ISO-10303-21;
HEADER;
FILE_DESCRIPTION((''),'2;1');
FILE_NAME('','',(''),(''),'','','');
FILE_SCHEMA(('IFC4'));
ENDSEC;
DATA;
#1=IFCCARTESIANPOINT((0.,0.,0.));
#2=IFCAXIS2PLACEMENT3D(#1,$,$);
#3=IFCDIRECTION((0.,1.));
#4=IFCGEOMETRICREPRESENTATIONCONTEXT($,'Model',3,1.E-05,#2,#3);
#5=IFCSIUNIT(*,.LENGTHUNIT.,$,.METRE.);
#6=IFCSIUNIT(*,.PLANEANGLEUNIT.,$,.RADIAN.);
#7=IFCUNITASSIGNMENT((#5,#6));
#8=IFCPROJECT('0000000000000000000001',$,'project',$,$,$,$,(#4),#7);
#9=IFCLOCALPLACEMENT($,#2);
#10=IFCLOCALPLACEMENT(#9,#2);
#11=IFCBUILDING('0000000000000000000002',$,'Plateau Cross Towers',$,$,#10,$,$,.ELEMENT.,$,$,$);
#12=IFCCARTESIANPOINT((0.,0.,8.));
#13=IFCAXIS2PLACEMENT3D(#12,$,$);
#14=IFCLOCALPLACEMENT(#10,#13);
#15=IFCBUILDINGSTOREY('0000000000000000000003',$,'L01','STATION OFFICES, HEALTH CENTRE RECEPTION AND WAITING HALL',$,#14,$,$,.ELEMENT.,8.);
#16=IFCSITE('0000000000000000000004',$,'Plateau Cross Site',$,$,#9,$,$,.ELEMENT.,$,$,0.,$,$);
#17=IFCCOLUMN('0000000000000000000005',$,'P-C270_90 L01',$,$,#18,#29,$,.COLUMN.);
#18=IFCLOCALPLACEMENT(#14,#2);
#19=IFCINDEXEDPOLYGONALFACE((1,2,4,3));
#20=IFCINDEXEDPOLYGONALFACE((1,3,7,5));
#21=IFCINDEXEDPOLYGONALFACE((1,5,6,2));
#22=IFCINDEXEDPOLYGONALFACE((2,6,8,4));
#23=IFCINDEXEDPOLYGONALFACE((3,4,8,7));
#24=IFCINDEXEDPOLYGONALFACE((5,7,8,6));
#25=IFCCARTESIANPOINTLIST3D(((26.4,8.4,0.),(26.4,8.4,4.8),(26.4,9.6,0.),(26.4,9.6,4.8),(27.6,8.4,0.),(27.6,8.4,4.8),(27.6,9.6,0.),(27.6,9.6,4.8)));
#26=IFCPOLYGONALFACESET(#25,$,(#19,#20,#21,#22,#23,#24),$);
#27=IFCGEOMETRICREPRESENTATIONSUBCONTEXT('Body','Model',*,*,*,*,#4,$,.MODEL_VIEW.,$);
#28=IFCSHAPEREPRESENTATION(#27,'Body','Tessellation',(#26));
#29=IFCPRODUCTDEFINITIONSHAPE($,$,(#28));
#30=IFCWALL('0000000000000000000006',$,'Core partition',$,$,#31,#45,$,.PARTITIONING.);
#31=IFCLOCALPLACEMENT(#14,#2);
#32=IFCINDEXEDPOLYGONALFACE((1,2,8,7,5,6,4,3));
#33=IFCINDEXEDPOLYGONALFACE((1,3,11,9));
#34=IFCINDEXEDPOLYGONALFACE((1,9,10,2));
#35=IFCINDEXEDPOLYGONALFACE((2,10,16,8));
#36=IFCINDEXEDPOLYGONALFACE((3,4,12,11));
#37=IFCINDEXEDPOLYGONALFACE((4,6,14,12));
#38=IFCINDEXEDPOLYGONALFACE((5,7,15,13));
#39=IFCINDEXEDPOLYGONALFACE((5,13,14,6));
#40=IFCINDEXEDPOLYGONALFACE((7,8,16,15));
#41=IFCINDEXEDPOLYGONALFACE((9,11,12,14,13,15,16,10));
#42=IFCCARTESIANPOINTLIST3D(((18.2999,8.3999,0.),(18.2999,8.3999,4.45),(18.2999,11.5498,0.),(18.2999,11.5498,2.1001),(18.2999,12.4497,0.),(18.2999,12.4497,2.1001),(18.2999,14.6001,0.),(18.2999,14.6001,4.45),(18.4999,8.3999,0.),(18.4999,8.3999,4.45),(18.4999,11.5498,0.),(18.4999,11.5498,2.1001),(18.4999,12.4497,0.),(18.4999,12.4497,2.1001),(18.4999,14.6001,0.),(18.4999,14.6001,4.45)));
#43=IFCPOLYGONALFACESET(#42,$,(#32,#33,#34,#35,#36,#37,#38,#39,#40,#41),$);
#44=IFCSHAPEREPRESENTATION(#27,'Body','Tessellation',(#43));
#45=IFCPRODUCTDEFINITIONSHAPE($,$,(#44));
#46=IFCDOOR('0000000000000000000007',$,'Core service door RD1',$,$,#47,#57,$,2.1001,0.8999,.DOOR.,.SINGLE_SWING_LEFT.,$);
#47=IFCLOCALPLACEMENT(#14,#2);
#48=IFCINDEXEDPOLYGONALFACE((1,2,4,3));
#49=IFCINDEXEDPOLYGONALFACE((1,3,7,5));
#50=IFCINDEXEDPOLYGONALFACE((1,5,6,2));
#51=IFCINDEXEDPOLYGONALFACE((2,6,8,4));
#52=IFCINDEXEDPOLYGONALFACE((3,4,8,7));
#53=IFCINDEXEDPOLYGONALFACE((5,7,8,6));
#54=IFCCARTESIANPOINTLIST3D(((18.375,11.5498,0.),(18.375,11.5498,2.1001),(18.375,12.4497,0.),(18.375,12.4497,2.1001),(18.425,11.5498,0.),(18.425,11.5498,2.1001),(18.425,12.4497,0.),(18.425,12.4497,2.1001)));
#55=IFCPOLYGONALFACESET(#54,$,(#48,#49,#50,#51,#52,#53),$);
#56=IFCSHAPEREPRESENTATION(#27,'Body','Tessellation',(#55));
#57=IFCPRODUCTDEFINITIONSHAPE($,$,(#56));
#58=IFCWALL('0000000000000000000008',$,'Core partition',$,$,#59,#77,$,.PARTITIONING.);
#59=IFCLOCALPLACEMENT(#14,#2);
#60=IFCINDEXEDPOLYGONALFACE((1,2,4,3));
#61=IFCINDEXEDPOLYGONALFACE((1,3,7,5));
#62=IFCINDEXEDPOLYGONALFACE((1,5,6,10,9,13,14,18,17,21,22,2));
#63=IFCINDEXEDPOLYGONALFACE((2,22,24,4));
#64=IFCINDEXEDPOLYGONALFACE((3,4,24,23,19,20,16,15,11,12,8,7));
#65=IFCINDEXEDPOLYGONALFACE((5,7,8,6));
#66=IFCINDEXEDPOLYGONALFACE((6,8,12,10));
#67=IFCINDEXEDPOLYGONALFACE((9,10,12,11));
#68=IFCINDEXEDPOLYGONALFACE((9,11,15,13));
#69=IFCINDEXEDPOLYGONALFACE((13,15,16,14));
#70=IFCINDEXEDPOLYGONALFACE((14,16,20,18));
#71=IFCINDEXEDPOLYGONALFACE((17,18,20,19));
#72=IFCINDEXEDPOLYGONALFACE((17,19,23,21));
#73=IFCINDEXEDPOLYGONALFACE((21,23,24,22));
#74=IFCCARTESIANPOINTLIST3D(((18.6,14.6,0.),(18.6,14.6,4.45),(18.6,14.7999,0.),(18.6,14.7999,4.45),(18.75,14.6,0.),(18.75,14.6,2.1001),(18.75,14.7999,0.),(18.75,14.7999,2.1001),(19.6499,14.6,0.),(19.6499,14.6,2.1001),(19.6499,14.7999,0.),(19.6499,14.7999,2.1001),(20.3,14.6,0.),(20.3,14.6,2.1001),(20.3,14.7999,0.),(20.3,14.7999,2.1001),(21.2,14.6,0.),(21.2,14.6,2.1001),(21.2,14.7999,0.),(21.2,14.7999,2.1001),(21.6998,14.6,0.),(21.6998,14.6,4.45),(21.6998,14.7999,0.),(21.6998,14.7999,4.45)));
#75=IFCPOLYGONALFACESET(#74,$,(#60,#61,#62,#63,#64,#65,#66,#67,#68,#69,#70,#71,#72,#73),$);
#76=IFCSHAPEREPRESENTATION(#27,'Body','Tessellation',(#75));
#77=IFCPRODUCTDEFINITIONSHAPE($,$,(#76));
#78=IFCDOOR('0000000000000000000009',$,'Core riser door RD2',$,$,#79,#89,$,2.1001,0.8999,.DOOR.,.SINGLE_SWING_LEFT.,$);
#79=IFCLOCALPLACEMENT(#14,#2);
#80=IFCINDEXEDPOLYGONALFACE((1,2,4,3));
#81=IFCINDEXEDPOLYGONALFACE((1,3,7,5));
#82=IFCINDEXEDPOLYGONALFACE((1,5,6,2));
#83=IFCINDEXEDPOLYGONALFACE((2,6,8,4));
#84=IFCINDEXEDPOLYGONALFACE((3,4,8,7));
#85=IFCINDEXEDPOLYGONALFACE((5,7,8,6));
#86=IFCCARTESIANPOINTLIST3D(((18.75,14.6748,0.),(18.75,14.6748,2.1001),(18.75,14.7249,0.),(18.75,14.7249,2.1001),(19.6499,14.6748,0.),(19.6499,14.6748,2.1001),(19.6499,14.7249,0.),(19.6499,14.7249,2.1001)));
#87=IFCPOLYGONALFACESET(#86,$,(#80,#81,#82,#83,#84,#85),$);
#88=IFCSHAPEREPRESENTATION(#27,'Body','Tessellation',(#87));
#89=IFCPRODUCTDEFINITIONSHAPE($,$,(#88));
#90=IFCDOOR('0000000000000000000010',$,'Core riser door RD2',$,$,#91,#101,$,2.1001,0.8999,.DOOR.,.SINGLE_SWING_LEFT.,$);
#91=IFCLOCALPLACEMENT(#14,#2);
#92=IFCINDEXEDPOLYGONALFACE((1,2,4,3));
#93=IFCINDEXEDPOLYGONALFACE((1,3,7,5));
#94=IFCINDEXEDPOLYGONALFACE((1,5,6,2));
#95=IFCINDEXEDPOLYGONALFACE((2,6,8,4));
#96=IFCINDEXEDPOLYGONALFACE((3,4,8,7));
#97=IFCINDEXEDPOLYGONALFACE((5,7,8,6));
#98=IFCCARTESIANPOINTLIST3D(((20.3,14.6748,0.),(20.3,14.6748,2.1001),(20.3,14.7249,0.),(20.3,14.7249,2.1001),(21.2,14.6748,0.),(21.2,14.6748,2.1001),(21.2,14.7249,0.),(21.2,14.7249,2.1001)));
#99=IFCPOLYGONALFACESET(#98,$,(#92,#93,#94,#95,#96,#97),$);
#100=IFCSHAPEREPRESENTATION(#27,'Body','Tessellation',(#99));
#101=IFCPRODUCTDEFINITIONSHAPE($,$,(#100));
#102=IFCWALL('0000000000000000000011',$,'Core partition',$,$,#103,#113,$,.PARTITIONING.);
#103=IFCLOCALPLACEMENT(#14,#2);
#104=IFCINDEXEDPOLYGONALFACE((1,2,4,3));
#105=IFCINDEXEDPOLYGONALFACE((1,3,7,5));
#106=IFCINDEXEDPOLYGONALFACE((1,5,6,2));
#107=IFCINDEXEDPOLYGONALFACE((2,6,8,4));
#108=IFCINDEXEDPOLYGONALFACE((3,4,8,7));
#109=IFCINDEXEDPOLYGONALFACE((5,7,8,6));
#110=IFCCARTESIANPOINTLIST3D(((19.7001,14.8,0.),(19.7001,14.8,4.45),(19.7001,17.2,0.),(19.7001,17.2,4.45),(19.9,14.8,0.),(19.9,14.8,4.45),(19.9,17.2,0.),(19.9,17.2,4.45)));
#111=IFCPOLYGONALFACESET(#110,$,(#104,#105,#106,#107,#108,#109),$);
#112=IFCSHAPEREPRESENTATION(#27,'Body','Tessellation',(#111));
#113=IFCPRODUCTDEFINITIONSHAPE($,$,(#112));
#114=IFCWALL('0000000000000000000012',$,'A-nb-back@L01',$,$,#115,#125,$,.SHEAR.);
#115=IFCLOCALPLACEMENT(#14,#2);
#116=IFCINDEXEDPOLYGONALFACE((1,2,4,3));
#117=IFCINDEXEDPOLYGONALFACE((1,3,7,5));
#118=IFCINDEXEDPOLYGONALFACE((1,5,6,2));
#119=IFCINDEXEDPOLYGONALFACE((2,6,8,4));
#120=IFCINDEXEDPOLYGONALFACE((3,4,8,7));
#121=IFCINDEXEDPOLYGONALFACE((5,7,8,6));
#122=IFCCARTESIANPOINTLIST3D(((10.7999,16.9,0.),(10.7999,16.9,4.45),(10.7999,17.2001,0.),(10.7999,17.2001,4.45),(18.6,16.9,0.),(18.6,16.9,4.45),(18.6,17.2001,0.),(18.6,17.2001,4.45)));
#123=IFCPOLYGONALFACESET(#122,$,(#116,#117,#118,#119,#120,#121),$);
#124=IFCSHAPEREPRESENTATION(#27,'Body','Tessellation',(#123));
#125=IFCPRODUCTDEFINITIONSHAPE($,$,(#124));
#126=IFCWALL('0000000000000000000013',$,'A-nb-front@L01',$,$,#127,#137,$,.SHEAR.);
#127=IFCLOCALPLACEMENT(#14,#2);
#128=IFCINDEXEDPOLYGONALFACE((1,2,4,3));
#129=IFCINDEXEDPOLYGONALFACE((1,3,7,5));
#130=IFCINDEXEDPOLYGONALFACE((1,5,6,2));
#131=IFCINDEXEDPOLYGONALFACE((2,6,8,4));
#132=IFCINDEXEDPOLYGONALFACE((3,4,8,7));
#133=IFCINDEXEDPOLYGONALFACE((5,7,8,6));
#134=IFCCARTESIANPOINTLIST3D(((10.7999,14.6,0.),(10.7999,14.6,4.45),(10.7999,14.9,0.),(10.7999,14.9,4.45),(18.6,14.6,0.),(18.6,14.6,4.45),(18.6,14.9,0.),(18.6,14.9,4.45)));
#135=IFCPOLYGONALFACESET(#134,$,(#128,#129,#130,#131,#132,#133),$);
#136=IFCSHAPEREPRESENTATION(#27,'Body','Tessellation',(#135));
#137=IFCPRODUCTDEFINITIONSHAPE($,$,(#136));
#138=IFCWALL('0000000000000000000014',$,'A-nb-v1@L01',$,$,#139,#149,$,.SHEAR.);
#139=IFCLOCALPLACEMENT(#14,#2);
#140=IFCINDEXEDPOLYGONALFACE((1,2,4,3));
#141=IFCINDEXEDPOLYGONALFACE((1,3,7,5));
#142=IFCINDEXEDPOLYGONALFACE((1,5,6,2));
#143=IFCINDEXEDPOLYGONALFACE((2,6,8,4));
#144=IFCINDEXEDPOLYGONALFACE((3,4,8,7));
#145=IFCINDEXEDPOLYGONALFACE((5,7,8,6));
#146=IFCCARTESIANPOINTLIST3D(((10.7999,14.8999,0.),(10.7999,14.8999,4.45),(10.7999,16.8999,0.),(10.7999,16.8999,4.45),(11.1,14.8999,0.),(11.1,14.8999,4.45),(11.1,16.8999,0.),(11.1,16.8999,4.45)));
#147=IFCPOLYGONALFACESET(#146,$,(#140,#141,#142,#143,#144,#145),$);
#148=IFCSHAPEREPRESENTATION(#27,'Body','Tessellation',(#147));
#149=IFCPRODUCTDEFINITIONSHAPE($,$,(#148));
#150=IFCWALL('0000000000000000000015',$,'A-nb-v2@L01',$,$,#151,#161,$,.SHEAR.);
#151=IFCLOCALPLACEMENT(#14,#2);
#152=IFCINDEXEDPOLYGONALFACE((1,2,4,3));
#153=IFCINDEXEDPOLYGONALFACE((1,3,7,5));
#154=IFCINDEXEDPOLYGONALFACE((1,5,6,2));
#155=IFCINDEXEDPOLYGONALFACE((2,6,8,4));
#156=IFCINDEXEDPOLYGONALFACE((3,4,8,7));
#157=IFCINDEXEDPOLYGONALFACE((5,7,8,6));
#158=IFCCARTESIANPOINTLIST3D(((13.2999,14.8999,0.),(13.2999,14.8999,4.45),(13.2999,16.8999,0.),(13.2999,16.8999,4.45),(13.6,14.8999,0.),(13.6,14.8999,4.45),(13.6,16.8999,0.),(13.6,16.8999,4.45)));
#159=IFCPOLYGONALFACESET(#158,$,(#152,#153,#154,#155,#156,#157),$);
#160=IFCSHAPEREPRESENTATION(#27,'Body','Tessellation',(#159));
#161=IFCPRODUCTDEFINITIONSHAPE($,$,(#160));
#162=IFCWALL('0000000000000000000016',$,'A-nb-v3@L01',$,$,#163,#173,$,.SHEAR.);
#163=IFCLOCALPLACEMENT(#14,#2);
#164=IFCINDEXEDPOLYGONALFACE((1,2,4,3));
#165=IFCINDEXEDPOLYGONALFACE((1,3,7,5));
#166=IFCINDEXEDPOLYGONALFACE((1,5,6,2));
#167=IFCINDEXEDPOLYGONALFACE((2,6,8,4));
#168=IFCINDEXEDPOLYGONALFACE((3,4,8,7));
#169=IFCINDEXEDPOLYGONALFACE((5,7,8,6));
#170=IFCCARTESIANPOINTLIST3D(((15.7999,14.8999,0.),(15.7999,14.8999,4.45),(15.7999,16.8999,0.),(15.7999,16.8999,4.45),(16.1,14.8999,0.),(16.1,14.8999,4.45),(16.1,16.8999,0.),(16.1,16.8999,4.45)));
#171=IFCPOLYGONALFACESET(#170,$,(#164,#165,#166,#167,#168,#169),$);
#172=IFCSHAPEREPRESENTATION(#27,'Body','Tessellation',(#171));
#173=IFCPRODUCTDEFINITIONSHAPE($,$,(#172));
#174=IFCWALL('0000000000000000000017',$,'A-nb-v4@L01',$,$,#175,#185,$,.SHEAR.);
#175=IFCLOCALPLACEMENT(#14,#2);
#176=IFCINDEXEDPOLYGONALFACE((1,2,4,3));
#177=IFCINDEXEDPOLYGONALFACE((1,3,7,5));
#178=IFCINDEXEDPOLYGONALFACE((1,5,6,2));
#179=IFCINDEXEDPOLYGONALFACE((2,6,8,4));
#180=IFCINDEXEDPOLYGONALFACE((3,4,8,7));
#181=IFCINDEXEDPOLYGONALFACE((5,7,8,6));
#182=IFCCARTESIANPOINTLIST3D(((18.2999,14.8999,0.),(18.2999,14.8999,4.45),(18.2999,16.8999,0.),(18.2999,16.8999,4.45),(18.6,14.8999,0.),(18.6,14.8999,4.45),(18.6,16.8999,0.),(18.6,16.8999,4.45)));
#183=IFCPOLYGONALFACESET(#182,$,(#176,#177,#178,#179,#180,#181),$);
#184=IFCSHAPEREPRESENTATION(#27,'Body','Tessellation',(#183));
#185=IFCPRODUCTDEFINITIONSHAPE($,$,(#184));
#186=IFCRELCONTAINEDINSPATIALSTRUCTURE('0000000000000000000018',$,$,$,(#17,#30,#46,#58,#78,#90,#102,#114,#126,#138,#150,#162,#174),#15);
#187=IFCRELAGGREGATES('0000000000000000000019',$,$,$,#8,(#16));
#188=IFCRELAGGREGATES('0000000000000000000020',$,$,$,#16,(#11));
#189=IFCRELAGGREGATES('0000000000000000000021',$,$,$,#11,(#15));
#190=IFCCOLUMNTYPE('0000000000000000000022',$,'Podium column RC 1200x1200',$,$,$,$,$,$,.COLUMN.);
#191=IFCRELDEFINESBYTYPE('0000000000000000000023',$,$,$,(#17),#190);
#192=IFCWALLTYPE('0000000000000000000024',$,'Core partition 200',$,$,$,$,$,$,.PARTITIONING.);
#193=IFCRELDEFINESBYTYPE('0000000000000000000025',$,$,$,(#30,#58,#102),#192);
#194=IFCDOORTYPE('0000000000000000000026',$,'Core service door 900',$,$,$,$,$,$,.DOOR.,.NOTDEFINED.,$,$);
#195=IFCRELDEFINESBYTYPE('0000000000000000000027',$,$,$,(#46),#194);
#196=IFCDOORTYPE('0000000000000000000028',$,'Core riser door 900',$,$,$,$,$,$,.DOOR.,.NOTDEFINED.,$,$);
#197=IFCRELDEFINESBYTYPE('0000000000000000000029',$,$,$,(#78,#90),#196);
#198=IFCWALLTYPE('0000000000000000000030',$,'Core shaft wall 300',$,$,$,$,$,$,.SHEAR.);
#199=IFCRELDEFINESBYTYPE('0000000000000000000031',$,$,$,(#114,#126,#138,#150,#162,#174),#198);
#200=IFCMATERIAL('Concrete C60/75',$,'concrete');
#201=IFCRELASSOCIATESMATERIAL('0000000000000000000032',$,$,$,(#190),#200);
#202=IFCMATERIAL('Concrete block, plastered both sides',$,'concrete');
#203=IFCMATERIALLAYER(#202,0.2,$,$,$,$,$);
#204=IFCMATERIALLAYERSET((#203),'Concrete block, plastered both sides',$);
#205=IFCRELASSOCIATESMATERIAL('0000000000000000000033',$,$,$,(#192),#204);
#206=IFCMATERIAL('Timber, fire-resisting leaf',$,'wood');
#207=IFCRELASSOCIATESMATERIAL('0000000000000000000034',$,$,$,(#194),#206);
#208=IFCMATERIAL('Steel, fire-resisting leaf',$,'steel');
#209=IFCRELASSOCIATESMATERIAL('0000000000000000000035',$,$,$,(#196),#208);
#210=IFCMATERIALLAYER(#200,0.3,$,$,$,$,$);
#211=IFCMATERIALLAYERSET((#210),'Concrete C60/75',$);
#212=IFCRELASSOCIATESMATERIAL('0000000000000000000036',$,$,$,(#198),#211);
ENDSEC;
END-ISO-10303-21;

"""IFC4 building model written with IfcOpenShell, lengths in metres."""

from ifc_helpers import new_model, si_unit, direction, frame, frame_2d, origin, origin_2d, place, context, subcontext, project, spatial, rectangle, extrude, material, layer, layer_set, material_profile, profile_set, type_object, element, fill, save


model = new_model("IFC4")

# Units and contexts
model_context = context("Model", 3, precision=1e-05, world=origin(), true_north=direction((0.0, 1.0)))
body_context = subcontext(model_context, "Body", "Model", "MODEL_VIEW")
ifc_project = project(units=[si_unit("LENGTHUNIT", "METRE"), si_unit("PLANEANGLEUNIT", "RADIAN")], contexts=[model_context])

# Site, building, storey
site_placement = place(None, origin())
site = spatial("IfcSite", under=ifc_project, at=site_placement, Name="Plateau Cross Site", CompositionType="ELEMENT", RefElevation=0.0)
building_placement = place(site_placement, origin())
building = spatial("IfcBuilding", under=site, at=building_placement, Name="Plateau Cross Towers", CompositionType="ELEMENT")
storey_placement = place(building_placement, frame((0.0, 0.0, 8.0)))
storey = spatial("IfcBuildingStorey", under=building, at=storey_placement, Name="L01", Description="STATION OFFICES, HEALTH CENTRE RECEPTION AND WAITING HALL", CompositionType="ELEMENT", Elevation=8.0)

# Column
ifc_material_1 = material(Name="Concrete C60/75", Category="concrete")
ifc_material_profile = material_profile(ifc_material_1, rectangle(XDim=1.2, YDim=1.2, at=origin_2d()), Name="RC 1200x1200")
ifc_profile_set = profile_set([ifc_material_profile], Name="Concrete C60/75")
column_type = type_object("IfcColumnType", Name="Podium column RC 1200x1200", PredefinedType="COLUMN", material=ifc_profile_set)
column_placement = place(storey_placement, frame((27.0, 9.0, 0.0), z_axis=(0.0, 0.0, 1.0), x_axis=(1.0, 0.0, 0.0)))
element("IfcColumn", 1, at=column_placement, inside=storey, type_object=column_type, Name="P-C270_90 L01", PredefinedType="COLUMN", context=body_context, shape_type="SweptSolid", body=[
    extrude(rectangle(XDim=1.2, YDim=1.2, at=origin_2d()), origin(), (0.0, 0.0, 1.0), 4.8),
])

# Wall, opening, door
ifc_material_2 = material(Name="Concrete block, plastered both sides", Category="concrete")
ifc_layer_1 = layer(ifc_material_2, 0.2)
ifc_layer_set_1 = layer_set([ifc_layer_1], Name="Concrete block, plastered both sides")
wall_type_1 = type_object("IfcWallType", Name="Core partition 200", PredefinedType="PARTITIONING", material=ifc_layer_set_1)
wall_1_placement = place(storey_placement, frame((18.3999, 8.3999, 0.0), z_axis=(0.0, 0.0, 1.0), x_axis=(0.0, 1.0, 0.0)))
wall_1 = element("IfcWall", 2, at=wall_1_placement, inside=storey, type_object=wall_type_1, Name="Core partition", PredefinedType="PARTITIONING", context=body_context, shape_type="SweptSolid", body=[
    extrude(rectangle(XDim=6.2002, YDim=0.2, at=frame_2d((3.1001, 0.0))), origin(), (0.0, 0.0, 1.0), 4.45),
])
opening_1_placement = place(wall_1_placement, frame((3.1499, 0.0, 0.0)))
opening_1 = element("IfcOpeningElement", 3, at=opening_1_placement, cuts=wall_1, PredefinedType="OPENING", context=body_context, shape_type="SweptSolid", body=[
    extrude(rectangle(XDim=0.8999, YDim=2.1001, at=frame_2d((0.45, 1.05))), frame((0.0, 0.1099, 0.0), z_axis=(0.0, -1.0, 0.0), x_axis=(1.0, 0.0, 0.0)), (0.0, 0.0, 1.0), 0.22),
])
ifc_material_3 = material(Name="Timber, fire-resisting leaf", Category="wood")
door_type_1 = type_object("IfcDoorType", Name="Core service door 900", OperationType="NOTDEFINED", PredefinedType="DOOR", material=ifc_material_3)
door_1_placement = place(opening_1_placement, origin())
door_1 = element("IfcDoor", 4, at=door_1_placement, inside=storey, type_object=door_type_1, Name="Core service door RD1", OperationType="SINGLE_SWING_LEFT", OverallHeight=2.1001, OverallWidth=0.8999, PredefinedType="DOOR", context=body_context, shape_type="SweptSolid", body=[
    extrude(rectangle(XDim=0.8999, YDim=2.1001, at=frame_2d((0.45, 1.05))), frame((0.0, 0.0249, 0.0), z_axis=(0.0, -1.0, 0.0), x_axis=(1.0, 0.0, 0.0)), (0.0, 0.0, 1.0), 0.05),
])
fill(opening_1, door_1)

# Wall, openings, doors
wall_2_placement = place(storey_placement, frame((18.6001, 14.7, 0.0), z_axis=(0.0, 0.0, 1.0), x_axis=(1.0, 0.0, 0.0)))
wall_2 = element("IfcWall", 5, at=wall_2_placement, inside=storey, type_object=wall_type_1, Name="Core partition", PredefinedType="PARTITIONING", context=body_context, shape_type="SweptSolid", body=[
    extrude(rectangle(XDim=3.0999, YDim=0.2, at=frame_2d((1.5498, 0.0))), origin(), (0.0, 0.0, 1.0), 4.45),
])
opening_2_placement = place(wall_2_placement, frame((0.1499, 0.0, 0.0)))
opening_2 = element("IfcOpeningElement", 6, at=opening_2_placement, cuts=wall_2, PredefinedType="OPENING", context=body_context, shape_type="SweptSolid", body=[
    extrude(rectangle(XDim=0.8999, YDim=2.1001, at=frame_2d((0.45, 1.05))), frame((0.0, 0.1099, 0.0), z_axis=(0.0, -1.0, 0.0), x_axis=(1.0, 0.0, 0.0)), (0.0, 0.0, 1.0), 0.22),
])
opening_3_placement = place(wall_2_placement, frame((1.7, 0.0, 0.0)))
opening_3 = element("IfcOpeningElement", 7, at=opening_3_placement, cuts=wall_2, PredefinedType="OPENING", context=body_context, shape_type="SweptSolid", body=[
    extrude(rectangle(XDim=0.8999, YDim=2.1001, at=frame_2d((0.45, 1.05))), frame((0.0, 0.1099, 0.0), z_axis=(0.0, -1.0, 0.0), x_axis=(1.0, 0.0, 0.0)), (0.0, 0.0, 1.0), 0.22),
])
ifc_material_4 = material(Name="Steel, fire-resisting leaf", Category="steel")
door_type_2 = type_object("IfcDoorType", Name="Core riser door 900", OperationType="NOTDEFINED", PredefinedType="DOOR", material=ifc_material_4)
door_2_placement = place(opening_2_placement, origin())
door_2 = element("IfcDoor", 8, at=door_2_placement, inside=storey, type_object=door_type_2, Name="Core riser door RD2", OperationType="SINGLE_SWING_LEFT", OverallHeight=2.1001, OverallWidth=0.8999, PredefinedType="DOOR", context=body_context, shape_type="SweptSolid", body=[
    extrude(rectangle(XDim=0.8999, YDim=2.1001, at=frame_2d((0.45, 1.05))), frame((0.0, 0.0249, 0.0), z_axis=(0.0, -1.0, 0.0), x_axis=(1.0, 0.0, 0.0)), (0.0, 0.0, 1.0), 0.05),
])
fill(opening_2, door_2)
door_3_placement = place(opening_3_placement, origin())
door_3 = element("IfcDoor", 9, at=door_3_placement, inside=storey, type_object=door_type_2, Name="Core riser door RD2", OperationType="SINGLE_SWING_LEFT", OverallHeight=2.1001, OverallWidth=0.8999, PredefinedType="DOOR", context=body_context, shape_type="SweptSolid", body=[
    extrude(rectangle(XDim=0.8999, YDim=2.1001, at=frame_2d((0.45, 1.05))), frame((0.0, 0.0249, 0.0), z_axis=(0.0, -1.0, 0.0), x_axis=(1.0, 0.0, 0.0)), (0.0, 0.0, 1.0), 0.05),
])
fill(opening_3, door_3)

# Walls
wall_3_placement = place(storey_placement, frame((19.8, 14.8, 0.0), z_axis=(0.0, 0.0, 1.0), x_axis=(0.0, 1.0, 0.0)))
element("IfcWall", 10, at=wall_3_placement, inside=storey, type_object=wall_type_1, Name="Core partition", PredefinedType="PARTITIONING", context=body_context, shape_type="SweptSolid", body=[
    extrude(rectangle(XDim=2.3999, YDim=0.2, at=frame_2d((1.2, 0.0))), origin(), (0.0, 0.0, 1.0), 4.45),
])
ifc_layer_2 = layer(ifc_material_1, 0.3)
ifc_layer_set_2 = layer_set([ifc_layer_2], Name="Concrete C60/75")
wall_type_2 = type_object("IfcWallType", Name="Core shaft wall 300", PredefinedType="SHEAR", material=ifc_layer_set_2)
for number, where, z_axis, x_axis, name in (
    (11, (10.8, 17.05, 0.0), (0.0, 0.0, 1.0), (1.0, 0.0, 0.0), "A-nb-back@L01"),
    (12, (10.8, 14.75, 0.0), (0.0, 0.0, 1.0), (1.0, 0.0, 0.0), "A-nb-front@L01"),
):
    element("IfcWall", number, at=place(storey_placement, frame(where, z_axis=z_axis, x_axis=x_axis)), inside=storey, type_object=wall_type_2, Name=name, PredefinedType="SHEAR", context=body_context, shape_type="SweptSolid", body=[
        extrude(rectangle(XDim=7.8, YDim=0.3, at=frame_2d((3.8999, 0.0))), origin(), (0.0, 0.0, 1.0), 4.45),
    ])
for number, where, z_axis, x_axis, name in (
    (13, (10.95, 14.8999, 0.0), (0.0, 0.0, 1.0), (0.0, 1.0, 0.0), "A-nb-v1@L01"),
    (14, (13.45, 14.8999, 0.0), (0.0, 0.0, 1.0), (0.0, 1.0, 0.0), "A-nb-v2@L01"),
    (15, (15.95, 14.8999, 0.0), (0.0, 0.0, 1.0), (0.0, 1.0, 0.0), "A-nb-v3@L01"),
    (16, (18.45, 14.8999, 0.0), (0.0, 0.0, 1.0), (0.0, 1.0, 0.0), "A-nb-v4@L01"),
):
    element("IfcWall", number, at=place(storey_placement, frame(where, z_axis=z_axis, x_axis=x_axis)), inside=storey, type_object=wall_type_2, Name=name, PredefinedType="SHEAR", context=body_context, shape_type="SweptSolid", body=[
        extrude(rectangle(XDim=2.0, YDim=0.3, at=frame_2d((1.0, 0.0))), origin(), (0.0, 0.0, 1.0), 4.45),
    ])

save(model, "model.ifc")
